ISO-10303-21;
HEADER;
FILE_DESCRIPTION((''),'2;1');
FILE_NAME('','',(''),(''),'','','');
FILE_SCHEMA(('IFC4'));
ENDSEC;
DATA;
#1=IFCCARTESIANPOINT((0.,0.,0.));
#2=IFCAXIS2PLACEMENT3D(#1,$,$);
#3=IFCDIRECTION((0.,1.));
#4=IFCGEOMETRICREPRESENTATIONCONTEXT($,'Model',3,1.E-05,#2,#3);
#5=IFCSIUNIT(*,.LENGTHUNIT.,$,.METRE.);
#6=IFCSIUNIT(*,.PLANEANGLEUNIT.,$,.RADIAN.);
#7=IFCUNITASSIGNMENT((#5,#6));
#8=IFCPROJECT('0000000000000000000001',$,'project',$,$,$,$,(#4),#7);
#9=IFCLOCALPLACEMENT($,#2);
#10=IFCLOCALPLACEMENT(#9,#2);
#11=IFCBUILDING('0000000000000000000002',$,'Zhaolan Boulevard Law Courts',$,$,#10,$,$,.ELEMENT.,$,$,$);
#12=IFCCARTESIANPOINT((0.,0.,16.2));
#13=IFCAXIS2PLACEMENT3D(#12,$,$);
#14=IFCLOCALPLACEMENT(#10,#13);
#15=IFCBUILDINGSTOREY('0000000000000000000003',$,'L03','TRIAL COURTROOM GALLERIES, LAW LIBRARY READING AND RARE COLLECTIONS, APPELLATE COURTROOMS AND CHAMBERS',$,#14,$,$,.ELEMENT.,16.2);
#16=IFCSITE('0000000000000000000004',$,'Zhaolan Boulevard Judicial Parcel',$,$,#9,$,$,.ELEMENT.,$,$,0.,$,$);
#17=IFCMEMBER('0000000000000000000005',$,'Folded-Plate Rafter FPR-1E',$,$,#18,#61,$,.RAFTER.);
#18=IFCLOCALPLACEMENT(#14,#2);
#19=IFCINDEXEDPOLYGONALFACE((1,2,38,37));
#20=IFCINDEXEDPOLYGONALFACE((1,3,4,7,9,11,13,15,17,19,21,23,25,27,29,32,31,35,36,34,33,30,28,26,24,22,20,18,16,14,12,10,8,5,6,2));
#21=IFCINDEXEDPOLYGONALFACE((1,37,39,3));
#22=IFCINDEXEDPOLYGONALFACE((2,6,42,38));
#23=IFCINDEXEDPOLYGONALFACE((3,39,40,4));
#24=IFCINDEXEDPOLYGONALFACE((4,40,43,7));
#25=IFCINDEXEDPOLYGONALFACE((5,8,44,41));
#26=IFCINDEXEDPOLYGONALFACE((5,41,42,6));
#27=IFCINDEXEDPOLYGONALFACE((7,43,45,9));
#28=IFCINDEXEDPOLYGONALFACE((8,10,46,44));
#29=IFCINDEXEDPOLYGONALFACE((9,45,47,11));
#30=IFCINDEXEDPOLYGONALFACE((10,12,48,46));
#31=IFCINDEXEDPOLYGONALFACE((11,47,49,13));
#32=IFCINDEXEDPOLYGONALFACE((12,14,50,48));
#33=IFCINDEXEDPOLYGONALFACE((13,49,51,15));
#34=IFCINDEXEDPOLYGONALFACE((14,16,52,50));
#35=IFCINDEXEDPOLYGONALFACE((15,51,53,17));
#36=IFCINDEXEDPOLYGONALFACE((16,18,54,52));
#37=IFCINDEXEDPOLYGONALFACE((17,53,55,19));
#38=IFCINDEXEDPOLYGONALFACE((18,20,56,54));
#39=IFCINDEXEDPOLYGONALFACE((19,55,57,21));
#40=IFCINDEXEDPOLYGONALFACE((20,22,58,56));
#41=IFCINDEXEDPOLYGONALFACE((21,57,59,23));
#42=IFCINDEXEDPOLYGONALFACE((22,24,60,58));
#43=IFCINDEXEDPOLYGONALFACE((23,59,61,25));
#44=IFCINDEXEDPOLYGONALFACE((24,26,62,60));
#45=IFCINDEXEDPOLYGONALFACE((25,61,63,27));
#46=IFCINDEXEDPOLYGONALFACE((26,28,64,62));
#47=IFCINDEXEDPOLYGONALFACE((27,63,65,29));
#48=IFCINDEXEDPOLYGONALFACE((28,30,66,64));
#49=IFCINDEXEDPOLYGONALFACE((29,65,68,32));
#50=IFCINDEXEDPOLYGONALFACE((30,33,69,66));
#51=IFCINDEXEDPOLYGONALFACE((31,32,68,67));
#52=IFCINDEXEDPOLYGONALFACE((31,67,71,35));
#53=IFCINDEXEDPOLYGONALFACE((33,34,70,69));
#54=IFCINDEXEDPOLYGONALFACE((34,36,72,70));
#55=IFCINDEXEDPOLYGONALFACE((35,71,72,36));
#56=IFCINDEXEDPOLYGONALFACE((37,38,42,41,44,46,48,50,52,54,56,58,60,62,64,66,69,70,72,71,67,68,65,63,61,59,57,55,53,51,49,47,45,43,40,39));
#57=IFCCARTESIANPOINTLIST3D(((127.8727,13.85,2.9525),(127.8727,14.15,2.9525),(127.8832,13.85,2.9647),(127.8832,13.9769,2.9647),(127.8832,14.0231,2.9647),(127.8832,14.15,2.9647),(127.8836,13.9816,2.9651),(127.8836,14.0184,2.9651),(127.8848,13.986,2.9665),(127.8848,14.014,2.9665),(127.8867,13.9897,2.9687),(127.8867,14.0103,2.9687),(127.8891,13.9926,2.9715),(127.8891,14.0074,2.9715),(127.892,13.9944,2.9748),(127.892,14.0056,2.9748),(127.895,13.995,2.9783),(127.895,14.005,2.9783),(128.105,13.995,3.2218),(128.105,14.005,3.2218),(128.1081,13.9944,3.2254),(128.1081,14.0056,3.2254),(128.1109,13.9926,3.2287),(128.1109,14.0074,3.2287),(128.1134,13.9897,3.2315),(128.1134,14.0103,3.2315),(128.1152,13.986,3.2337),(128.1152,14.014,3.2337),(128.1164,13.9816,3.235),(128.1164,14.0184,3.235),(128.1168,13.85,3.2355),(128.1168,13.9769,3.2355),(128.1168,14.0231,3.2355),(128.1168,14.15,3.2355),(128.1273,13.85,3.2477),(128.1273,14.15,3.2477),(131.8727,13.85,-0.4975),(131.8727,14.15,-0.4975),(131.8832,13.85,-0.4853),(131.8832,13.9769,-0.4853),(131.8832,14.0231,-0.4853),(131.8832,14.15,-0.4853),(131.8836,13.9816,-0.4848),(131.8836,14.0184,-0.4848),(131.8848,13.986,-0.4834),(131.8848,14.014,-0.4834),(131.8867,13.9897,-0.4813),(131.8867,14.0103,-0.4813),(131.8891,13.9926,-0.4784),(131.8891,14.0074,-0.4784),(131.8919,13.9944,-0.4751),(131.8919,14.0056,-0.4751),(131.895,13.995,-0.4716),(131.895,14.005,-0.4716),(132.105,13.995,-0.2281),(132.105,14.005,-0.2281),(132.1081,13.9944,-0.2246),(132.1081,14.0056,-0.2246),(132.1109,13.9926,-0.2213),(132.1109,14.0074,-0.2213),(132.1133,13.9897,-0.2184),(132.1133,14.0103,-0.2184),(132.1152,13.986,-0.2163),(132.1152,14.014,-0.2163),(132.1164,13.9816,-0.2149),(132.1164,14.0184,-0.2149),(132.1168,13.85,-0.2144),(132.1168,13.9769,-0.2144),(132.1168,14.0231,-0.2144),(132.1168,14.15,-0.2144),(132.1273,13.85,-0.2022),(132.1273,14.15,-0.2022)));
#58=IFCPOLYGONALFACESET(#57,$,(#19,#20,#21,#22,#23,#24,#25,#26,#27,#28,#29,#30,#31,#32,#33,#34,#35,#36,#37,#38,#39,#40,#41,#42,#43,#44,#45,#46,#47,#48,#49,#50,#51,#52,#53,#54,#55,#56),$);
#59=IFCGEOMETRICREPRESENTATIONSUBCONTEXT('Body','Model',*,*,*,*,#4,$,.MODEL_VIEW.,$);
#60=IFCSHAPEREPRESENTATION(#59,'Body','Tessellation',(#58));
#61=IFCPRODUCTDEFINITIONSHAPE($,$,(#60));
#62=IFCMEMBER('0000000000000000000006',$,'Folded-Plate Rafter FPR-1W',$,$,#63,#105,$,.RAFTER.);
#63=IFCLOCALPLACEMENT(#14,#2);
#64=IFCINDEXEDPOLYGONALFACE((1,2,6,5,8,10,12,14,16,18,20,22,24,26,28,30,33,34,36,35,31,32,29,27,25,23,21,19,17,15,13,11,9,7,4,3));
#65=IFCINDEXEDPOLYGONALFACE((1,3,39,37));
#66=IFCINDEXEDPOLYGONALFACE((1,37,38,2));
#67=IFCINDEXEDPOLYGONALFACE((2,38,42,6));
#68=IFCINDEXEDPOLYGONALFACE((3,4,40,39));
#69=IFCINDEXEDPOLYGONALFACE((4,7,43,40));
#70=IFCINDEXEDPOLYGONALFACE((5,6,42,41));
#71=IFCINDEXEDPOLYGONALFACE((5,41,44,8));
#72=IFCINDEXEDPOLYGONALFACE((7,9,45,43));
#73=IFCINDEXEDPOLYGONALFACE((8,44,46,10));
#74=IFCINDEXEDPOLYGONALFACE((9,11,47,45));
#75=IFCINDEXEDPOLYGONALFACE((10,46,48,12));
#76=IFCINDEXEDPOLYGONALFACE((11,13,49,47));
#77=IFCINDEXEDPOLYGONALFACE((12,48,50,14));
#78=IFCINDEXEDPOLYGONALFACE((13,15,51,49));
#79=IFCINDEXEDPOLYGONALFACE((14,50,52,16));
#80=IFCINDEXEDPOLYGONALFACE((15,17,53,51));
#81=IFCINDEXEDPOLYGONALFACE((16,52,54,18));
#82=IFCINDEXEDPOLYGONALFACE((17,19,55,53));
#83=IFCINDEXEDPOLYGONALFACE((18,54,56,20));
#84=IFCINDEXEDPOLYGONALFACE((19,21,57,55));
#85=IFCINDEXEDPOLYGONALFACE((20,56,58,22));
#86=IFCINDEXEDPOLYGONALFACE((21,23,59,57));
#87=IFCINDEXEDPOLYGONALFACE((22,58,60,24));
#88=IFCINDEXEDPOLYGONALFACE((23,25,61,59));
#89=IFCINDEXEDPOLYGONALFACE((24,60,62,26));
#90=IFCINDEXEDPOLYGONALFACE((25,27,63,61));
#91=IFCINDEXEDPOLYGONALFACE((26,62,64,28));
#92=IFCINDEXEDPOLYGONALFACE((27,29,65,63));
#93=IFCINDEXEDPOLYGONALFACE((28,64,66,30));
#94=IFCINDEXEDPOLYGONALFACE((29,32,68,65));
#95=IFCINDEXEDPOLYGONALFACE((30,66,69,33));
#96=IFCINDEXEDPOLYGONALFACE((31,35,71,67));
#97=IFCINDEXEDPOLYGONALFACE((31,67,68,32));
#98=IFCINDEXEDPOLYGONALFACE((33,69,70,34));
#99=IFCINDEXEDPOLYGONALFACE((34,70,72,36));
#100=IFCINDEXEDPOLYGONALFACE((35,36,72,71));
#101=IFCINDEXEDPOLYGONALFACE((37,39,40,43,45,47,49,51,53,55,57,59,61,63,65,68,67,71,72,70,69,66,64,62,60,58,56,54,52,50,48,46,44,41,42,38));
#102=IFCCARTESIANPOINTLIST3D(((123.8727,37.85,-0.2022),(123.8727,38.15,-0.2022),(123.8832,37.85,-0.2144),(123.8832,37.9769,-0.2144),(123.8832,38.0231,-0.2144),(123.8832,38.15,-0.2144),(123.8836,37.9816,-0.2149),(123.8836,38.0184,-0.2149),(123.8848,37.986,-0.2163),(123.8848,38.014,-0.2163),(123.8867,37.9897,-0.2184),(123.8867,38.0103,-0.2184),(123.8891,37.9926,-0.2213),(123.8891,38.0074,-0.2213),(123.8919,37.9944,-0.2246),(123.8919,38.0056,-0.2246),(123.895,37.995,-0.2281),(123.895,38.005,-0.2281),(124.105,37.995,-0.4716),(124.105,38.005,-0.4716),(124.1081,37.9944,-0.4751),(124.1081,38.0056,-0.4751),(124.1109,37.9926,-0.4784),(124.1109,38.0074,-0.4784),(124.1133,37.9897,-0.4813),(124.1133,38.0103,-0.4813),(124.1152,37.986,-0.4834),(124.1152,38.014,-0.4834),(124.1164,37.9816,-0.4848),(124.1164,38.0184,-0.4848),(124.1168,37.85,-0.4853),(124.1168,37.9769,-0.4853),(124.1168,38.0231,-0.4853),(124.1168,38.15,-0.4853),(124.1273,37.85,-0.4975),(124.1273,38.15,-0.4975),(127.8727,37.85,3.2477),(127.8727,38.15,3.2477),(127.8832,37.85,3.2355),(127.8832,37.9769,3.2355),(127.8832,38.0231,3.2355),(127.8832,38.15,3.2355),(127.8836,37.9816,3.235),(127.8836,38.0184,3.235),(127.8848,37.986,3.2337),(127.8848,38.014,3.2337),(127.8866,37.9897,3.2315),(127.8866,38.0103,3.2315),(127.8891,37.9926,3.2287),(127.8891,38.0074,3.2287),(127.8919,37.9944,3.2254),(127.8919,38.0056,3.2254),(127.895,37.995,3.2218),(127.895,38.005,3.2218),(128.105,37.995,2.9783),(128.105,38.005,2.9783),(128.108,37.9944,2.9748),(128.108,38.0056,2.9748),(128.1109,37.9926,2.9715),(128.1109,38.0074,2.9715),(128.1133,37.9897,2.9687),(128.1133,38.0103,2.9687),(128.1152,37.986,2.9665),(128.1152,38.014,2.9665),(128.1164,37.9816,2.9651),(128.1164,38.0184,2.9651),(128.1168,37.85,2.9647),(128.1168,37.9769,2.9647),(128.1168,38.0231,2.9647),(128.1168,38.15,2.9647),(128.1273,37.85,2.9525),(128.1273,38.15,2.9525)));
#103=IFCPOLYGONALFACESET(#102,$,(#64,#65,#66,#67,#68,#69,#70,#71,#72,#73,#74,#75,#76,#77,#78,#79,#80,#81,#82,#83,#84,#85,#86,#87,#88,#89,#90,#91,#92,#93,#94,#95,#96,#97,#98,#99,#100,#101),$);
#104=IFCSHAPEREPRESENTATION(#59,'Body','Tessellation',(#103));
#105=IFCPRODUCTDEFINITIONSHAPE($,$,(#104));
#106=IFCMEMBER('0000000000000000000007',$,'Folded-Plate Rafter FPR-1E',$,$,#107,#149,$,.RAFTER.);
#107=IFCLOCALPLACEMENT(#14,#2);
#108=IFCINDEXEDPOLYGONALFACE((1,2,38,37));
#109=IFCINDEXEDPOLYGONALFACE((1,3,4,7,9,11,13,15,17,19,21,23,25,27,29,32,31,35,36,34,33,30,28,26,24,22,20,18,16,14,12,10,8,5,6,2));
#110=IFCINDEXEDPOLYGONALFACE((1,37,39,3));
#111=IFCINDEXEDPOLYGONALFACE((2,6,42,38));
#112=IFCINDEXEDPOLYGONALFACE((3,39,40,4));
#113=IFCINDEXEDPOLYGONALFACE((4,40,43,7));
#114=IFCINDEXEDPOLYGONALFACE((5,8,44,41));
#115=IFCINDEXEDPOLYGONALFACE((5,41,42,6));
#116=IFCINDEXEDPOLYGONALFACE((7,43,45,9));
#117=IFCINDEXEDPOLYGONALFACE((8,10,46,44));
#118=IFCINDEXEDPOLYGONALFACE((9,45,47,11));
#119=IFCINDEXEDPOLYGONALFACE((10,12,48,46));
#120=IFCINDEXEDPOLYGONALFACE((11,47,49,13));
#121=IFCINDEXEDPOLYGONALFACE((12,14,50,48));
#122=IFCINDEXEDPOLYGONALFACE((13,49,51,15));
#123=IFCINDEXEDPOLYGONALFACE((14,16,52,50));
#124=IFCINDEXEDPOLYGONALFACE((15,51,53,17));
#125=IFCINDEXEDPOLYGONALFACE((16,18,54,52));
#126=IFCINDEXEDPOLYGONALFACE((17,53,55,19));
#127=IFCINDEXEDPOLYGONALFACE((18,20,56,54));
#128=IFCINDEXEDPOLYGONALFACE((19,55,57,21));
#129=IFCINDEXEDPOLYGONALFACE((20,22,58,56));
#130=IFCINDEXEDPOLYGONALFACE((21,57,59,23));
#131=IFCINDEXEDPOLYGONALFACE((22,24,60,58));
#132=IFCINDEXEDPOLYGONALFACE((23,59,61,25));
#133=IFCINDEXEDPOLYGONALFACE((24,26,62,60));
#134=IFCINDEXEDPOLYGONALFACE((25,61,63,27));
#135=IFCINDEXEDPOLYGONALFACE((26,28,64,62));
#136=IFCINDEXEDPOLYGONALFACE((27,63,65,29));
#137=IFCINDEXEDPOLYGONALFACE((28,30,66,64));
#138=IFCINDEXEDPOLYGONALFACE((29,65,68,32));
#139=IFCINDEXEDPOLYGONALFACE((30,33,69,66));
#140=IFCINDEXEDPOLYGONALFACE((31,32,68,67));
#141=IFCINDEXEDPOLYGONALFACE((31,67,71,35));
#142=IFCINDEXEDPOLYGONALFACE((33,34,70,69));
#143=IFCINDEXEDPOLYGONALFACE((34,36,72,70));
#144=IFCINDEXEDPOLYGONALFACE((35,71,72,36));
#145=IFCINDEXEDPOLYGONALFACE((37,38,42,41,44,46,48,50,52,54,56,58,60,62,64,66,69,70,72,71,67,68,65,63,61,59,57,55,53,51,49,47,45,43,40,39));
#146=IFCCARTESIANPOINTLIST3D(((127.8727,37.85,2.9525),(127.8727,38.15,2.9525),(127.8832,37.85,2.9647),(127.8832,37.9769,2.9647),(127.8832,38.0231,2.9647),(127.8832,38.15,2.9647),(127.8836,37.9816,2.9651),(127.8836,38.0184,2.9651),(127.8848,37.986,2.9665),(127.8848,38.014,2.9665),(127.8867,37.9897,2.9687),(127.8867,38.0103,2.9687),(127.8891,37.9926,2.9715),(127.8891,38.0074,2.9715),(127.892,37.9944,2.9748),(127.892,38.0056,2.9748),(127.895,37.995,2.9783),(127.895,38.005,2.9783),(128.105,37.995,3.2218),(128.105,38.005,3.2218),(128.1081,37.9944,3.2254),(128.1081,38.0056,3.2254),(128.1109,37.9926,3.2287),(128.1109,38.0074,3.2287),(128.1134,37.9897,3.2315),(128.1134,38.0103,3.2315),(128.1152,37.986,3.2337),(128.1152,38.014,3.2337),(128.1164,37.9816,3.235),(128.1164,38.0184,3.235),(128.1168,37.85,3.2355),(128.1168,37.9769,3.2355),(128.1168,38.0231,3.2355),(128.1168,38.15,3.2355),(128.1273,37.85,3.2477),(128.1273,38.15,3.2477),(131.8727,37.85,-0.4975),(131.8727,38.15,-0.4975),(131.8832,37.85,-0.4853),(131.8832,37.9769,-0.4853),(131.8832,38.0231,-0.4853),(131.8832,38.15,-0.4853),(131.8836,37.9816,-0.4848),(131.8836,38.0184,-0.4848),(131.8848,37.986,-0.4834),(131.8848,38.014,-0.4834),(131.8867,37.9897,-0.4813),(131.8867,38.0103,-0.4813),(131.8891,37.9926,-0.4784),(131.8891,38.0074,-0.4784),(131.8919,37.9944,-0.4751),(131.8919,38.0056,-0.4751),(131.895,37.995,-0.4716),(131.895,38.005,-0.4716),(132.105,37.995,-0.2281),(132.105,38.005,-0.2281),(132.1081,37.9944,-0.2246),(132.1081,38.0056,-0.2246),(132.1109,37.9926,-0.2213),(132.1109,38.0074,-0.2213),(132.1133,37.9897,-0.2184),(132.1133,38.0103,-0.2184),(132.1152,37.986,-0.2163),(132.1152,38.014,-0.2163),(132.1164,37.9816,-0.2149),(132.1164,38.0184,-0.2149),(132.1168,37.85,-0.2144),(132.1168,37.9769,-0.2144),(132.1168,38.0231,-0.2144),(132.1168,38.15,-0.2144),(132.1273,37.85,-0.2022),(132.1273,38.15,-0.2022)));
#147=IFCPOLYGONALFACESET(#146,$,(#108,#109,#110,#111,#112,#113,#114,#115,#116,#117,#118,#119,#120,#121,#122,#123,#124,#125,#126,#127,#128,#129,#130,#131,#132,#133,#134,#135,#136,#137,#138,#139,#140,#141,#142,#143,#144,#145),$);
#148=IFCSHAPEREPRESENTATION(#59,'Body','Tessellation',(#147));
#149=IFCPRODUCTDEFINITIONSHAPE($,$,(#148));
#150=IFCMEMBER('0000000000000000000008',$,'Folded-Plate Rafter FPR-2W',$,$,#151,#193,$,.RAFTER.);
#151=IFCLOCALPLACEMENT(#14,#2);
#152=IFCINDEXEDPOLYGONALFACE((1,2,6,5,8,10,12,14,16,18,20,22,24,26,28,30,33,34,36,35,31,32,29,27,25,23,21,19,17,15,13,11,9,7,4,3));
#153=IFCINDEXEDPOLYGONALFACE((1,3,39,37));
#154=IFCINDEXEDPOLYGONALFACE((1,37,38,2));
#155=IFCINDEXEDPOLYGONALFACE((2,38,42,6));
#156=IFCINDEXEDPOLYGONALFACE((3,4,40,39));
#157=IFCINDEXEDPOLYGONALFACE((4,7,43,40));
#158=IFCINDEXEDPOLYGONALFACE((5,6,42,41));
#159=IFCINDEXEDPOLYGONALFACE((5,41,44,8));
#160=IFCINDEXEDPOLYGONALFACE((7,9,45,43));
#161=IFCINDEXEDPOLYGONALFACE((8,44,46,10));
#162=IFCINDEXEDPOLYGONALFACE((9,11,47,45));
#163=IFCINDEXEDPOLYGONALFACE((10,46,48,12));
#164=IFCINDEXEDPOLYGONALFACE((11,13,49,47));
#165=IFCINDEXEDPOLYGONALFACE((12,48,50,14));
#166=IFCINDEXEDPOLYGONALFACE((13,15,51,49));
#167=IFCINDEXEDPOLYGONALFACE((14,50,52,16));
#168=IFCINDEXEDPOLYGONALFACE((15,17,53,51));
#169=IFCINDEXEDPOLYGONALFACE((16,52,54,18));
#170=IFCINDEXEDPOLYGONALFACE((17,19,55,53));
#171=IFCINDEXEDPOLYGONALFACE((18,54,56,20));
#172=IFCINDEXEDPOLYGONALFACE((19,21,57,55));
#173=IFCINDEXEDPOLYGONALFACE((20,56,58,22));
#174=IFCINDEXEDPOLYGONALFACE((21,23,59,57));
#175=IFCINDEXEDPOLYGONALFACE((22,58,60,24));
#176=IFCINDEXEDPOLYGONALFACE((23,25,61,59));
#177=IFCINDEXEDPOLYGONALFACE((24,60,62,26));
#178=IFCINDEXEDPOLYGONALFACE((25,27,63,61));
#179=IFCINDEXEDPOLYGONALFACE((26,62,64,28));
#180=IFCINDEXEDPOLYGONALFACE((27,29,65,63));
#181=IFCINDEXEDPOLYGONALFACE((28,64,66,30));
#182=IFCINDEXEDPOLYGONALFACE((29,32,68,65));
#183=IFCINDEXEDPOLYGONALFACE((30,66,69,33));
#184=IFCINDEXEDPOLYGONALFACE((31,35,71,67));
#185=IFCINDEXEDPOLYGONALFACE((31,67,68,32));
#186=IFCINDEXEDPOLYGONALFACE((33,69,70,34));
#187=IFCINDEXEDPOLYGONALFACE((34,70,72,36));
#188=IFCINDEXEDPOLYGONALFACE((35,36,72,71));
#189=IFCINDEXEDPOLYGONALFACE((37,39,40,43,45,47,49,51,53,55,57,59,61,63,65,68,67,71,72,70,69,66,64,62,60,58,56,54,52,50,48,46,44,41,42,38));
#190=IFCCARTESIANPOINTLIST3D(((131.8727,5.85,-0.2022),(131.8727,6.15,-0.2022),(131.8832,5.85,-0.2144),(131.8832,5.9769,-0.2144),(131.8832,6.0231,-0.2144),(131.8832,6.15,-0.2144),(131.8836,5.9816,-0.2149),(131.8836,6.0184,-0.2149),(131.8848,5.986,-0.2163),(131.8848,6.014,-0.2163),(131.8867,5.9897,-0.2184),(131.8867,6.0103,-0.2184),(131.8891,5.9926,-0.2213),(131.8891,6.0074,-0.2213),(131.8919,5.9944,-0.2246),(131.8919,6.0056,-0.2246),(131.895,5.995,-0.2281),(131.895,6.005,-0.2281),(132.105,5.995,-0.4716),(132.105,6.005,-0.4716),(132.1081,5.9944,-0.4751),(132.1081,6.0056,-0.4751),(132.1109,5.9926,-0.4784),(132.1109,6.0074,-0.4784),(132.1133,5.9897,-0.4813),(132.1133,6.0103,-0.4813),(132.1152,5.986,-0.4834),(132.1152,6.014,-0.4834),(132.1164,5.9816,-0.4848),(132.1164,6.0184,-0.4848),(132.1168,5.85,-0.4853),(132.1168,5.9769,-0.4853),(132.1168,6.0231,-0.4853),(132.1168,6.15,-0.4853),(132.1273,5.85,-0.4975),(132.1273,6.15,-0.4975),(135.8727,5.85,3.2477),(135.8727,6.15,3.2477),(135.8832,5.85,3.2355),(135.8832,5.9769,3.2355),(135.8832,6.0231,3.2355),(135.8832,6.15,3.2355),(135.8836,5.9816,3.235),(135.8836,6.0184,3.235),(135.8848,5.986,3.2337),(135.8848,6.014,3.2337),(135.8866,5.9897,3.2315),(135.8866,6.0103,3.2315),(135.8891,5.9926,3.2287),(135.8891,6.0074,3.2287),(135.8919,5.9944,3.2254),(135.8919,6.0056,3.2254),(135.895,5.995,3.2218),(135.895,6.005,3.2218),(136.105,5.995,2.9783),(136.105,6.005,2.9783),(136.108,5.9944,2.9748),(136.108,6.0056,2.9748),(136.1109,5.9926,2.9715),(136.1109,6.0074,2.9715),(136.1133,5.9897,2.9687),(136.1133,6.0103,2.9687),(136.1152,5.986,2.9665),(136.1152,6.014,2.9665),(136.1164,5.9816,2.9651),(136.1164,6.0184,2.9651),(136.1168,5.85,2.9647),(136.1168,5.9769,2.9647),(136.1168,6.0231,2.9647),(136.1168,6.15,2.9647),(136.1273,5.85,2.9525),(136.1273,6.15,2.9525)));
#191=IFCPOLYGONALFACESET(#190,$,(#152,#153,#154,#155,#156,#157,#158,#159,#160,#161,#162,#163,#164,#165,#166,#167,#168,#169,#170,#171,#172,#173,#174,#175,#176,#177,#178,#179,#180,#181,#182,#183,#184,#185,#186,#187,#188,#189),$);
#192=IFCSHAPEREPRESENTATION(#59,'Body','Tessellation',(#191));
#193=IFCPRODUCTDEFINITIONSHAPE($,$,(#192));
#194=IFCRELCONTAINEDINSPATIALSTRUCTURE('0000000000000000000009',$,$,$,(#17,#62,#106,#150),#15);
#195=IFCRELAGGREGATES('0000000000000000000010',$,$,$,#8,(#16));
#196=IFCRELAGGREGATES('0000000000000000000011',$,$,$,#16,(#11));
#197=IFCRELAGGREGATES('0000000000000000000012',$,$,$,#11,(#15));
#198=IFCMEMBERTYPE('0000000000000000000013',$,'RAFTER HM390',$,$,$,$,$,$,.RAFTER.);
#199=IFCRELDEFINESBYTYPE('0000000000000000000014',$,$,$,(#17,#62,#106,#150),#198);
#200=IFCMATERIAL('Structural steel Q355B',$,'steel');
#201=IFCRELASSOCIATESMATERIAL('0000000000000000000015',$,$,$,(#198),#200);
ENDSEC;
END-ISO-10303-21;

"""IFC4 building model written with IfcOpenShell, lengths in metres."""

from ifc_helpers import new_model, si_unit, direction, frame, origin, origin_2d, place, context, subcontext, project, spatial, i_section, extrude, material, material_profile, profile_set, type_object, element, save


model = new_model("IFC4")

# Units and contexts
model_context = context("Model", 3, precision=1e-05, world=origin(), true_north=direction((0.0, 1.0)))
body_context = subcontext(model_context, "Body", "Model", "MODEL_VIEW")
ifc_project = project(units=[si_unit("LENGTHUNIT", "METRE"), si_unit("PLANEANGLEUNIT", "RADIAN")], contexts=[model_context])

# Site, building, storey
site_placement = place(None, origin())
site = spatial("IfcSite", under=ifc_project, at=site_placement, Name="Zhaolan Boulevard Judicial Parcel", CompositionType="ELEMENT", RefElevation=0.0)
building_placement = place(site_placement, origin())
building = spatial("IfcBuilding", under=site, at=building_placement, Name="Zhaolan Boulevard Law Courts", CompositionType="ELEMENT")
storey_placement = place(building_placement, frame((0.0, 0.0, 16.2)))
storey = spatial("IfcBuildingStorey", under=building, at=storey_placement, Name="L03", Description="TRIAL COURTROOM GALLERIES, LAW LIBRARY READING AND RARE COLLECTIONS, APPELLATE COURTROOMS AND CHAMBERS", CompositionType="ELEMENT", Elevation=16.2)

# Members
ifc_material_1 = material(Name="Structural steel Q355B", Category="steel")
ifc_material_profile_1 = material_profile(ifc_material_1, i_section(OverallWidth=0.3, OverallDepth=0.3899, WebThickness=0.01, FlangeThickness=0.0161, FilletRadius=0.0181, at=origin_2d()), Name="HM390x300")
ifc_profile_set_1 = profile_set([ifc_material_profile_1], Name="Structural steel Q355B")
member_type_1 = type_object("IfcMemberType", Name="RAFTER HM390", PredefinedType="RAFTER", material=ifc_profile_set_1)
for number, where, z_axis, x_axis, name in (
    (1, (132.0, 14.0, -0.3499), (-0.757253, 0.0, 0.653122), (0.0, -1.0, 0.0), "Folded-Plate Rafter FPR-1E"),
    (2, (124.0, 38.0, -0.3499), (0.757253, 0.0, 0.653122), (0.0, 1.0, 0.0), "Folded-Plate Rafter FPR-1W"),
    (3, (132.0, 38.0, -0.3499), (-0.757253, 0.0, 0.653122), (0.0, -1.0, 0.0), "Folded-Plate Rafter FPR-1E"),
    (4, (132.0, 6.0, -0.3499), (0.757253, 0.0, 0.653122), (0.0, 1.0, 0.0), "Folded-Plate Rafter FPR-2W"),
):
    element("IfcMember", number, at=place(storey_placement, frame(where, z_axis=z_axis, x_axis=x_axis)), inside=storey, type_object=member_type_1, Name=name, PredefinedType="RAFTER", context=body_context, shape_type="SweptSolid", body=[
        extrude(i_section(OverallWidth=0.3, OverallDepth=0.3899, WebThickness=0.01, FlangeThickness=0.0161, FilletRadius=0.0181, at=origin_2d()), origin(), (0.0, 0.0, 1.0), 5.2822),
    ])

save(model, "model.ifc")
